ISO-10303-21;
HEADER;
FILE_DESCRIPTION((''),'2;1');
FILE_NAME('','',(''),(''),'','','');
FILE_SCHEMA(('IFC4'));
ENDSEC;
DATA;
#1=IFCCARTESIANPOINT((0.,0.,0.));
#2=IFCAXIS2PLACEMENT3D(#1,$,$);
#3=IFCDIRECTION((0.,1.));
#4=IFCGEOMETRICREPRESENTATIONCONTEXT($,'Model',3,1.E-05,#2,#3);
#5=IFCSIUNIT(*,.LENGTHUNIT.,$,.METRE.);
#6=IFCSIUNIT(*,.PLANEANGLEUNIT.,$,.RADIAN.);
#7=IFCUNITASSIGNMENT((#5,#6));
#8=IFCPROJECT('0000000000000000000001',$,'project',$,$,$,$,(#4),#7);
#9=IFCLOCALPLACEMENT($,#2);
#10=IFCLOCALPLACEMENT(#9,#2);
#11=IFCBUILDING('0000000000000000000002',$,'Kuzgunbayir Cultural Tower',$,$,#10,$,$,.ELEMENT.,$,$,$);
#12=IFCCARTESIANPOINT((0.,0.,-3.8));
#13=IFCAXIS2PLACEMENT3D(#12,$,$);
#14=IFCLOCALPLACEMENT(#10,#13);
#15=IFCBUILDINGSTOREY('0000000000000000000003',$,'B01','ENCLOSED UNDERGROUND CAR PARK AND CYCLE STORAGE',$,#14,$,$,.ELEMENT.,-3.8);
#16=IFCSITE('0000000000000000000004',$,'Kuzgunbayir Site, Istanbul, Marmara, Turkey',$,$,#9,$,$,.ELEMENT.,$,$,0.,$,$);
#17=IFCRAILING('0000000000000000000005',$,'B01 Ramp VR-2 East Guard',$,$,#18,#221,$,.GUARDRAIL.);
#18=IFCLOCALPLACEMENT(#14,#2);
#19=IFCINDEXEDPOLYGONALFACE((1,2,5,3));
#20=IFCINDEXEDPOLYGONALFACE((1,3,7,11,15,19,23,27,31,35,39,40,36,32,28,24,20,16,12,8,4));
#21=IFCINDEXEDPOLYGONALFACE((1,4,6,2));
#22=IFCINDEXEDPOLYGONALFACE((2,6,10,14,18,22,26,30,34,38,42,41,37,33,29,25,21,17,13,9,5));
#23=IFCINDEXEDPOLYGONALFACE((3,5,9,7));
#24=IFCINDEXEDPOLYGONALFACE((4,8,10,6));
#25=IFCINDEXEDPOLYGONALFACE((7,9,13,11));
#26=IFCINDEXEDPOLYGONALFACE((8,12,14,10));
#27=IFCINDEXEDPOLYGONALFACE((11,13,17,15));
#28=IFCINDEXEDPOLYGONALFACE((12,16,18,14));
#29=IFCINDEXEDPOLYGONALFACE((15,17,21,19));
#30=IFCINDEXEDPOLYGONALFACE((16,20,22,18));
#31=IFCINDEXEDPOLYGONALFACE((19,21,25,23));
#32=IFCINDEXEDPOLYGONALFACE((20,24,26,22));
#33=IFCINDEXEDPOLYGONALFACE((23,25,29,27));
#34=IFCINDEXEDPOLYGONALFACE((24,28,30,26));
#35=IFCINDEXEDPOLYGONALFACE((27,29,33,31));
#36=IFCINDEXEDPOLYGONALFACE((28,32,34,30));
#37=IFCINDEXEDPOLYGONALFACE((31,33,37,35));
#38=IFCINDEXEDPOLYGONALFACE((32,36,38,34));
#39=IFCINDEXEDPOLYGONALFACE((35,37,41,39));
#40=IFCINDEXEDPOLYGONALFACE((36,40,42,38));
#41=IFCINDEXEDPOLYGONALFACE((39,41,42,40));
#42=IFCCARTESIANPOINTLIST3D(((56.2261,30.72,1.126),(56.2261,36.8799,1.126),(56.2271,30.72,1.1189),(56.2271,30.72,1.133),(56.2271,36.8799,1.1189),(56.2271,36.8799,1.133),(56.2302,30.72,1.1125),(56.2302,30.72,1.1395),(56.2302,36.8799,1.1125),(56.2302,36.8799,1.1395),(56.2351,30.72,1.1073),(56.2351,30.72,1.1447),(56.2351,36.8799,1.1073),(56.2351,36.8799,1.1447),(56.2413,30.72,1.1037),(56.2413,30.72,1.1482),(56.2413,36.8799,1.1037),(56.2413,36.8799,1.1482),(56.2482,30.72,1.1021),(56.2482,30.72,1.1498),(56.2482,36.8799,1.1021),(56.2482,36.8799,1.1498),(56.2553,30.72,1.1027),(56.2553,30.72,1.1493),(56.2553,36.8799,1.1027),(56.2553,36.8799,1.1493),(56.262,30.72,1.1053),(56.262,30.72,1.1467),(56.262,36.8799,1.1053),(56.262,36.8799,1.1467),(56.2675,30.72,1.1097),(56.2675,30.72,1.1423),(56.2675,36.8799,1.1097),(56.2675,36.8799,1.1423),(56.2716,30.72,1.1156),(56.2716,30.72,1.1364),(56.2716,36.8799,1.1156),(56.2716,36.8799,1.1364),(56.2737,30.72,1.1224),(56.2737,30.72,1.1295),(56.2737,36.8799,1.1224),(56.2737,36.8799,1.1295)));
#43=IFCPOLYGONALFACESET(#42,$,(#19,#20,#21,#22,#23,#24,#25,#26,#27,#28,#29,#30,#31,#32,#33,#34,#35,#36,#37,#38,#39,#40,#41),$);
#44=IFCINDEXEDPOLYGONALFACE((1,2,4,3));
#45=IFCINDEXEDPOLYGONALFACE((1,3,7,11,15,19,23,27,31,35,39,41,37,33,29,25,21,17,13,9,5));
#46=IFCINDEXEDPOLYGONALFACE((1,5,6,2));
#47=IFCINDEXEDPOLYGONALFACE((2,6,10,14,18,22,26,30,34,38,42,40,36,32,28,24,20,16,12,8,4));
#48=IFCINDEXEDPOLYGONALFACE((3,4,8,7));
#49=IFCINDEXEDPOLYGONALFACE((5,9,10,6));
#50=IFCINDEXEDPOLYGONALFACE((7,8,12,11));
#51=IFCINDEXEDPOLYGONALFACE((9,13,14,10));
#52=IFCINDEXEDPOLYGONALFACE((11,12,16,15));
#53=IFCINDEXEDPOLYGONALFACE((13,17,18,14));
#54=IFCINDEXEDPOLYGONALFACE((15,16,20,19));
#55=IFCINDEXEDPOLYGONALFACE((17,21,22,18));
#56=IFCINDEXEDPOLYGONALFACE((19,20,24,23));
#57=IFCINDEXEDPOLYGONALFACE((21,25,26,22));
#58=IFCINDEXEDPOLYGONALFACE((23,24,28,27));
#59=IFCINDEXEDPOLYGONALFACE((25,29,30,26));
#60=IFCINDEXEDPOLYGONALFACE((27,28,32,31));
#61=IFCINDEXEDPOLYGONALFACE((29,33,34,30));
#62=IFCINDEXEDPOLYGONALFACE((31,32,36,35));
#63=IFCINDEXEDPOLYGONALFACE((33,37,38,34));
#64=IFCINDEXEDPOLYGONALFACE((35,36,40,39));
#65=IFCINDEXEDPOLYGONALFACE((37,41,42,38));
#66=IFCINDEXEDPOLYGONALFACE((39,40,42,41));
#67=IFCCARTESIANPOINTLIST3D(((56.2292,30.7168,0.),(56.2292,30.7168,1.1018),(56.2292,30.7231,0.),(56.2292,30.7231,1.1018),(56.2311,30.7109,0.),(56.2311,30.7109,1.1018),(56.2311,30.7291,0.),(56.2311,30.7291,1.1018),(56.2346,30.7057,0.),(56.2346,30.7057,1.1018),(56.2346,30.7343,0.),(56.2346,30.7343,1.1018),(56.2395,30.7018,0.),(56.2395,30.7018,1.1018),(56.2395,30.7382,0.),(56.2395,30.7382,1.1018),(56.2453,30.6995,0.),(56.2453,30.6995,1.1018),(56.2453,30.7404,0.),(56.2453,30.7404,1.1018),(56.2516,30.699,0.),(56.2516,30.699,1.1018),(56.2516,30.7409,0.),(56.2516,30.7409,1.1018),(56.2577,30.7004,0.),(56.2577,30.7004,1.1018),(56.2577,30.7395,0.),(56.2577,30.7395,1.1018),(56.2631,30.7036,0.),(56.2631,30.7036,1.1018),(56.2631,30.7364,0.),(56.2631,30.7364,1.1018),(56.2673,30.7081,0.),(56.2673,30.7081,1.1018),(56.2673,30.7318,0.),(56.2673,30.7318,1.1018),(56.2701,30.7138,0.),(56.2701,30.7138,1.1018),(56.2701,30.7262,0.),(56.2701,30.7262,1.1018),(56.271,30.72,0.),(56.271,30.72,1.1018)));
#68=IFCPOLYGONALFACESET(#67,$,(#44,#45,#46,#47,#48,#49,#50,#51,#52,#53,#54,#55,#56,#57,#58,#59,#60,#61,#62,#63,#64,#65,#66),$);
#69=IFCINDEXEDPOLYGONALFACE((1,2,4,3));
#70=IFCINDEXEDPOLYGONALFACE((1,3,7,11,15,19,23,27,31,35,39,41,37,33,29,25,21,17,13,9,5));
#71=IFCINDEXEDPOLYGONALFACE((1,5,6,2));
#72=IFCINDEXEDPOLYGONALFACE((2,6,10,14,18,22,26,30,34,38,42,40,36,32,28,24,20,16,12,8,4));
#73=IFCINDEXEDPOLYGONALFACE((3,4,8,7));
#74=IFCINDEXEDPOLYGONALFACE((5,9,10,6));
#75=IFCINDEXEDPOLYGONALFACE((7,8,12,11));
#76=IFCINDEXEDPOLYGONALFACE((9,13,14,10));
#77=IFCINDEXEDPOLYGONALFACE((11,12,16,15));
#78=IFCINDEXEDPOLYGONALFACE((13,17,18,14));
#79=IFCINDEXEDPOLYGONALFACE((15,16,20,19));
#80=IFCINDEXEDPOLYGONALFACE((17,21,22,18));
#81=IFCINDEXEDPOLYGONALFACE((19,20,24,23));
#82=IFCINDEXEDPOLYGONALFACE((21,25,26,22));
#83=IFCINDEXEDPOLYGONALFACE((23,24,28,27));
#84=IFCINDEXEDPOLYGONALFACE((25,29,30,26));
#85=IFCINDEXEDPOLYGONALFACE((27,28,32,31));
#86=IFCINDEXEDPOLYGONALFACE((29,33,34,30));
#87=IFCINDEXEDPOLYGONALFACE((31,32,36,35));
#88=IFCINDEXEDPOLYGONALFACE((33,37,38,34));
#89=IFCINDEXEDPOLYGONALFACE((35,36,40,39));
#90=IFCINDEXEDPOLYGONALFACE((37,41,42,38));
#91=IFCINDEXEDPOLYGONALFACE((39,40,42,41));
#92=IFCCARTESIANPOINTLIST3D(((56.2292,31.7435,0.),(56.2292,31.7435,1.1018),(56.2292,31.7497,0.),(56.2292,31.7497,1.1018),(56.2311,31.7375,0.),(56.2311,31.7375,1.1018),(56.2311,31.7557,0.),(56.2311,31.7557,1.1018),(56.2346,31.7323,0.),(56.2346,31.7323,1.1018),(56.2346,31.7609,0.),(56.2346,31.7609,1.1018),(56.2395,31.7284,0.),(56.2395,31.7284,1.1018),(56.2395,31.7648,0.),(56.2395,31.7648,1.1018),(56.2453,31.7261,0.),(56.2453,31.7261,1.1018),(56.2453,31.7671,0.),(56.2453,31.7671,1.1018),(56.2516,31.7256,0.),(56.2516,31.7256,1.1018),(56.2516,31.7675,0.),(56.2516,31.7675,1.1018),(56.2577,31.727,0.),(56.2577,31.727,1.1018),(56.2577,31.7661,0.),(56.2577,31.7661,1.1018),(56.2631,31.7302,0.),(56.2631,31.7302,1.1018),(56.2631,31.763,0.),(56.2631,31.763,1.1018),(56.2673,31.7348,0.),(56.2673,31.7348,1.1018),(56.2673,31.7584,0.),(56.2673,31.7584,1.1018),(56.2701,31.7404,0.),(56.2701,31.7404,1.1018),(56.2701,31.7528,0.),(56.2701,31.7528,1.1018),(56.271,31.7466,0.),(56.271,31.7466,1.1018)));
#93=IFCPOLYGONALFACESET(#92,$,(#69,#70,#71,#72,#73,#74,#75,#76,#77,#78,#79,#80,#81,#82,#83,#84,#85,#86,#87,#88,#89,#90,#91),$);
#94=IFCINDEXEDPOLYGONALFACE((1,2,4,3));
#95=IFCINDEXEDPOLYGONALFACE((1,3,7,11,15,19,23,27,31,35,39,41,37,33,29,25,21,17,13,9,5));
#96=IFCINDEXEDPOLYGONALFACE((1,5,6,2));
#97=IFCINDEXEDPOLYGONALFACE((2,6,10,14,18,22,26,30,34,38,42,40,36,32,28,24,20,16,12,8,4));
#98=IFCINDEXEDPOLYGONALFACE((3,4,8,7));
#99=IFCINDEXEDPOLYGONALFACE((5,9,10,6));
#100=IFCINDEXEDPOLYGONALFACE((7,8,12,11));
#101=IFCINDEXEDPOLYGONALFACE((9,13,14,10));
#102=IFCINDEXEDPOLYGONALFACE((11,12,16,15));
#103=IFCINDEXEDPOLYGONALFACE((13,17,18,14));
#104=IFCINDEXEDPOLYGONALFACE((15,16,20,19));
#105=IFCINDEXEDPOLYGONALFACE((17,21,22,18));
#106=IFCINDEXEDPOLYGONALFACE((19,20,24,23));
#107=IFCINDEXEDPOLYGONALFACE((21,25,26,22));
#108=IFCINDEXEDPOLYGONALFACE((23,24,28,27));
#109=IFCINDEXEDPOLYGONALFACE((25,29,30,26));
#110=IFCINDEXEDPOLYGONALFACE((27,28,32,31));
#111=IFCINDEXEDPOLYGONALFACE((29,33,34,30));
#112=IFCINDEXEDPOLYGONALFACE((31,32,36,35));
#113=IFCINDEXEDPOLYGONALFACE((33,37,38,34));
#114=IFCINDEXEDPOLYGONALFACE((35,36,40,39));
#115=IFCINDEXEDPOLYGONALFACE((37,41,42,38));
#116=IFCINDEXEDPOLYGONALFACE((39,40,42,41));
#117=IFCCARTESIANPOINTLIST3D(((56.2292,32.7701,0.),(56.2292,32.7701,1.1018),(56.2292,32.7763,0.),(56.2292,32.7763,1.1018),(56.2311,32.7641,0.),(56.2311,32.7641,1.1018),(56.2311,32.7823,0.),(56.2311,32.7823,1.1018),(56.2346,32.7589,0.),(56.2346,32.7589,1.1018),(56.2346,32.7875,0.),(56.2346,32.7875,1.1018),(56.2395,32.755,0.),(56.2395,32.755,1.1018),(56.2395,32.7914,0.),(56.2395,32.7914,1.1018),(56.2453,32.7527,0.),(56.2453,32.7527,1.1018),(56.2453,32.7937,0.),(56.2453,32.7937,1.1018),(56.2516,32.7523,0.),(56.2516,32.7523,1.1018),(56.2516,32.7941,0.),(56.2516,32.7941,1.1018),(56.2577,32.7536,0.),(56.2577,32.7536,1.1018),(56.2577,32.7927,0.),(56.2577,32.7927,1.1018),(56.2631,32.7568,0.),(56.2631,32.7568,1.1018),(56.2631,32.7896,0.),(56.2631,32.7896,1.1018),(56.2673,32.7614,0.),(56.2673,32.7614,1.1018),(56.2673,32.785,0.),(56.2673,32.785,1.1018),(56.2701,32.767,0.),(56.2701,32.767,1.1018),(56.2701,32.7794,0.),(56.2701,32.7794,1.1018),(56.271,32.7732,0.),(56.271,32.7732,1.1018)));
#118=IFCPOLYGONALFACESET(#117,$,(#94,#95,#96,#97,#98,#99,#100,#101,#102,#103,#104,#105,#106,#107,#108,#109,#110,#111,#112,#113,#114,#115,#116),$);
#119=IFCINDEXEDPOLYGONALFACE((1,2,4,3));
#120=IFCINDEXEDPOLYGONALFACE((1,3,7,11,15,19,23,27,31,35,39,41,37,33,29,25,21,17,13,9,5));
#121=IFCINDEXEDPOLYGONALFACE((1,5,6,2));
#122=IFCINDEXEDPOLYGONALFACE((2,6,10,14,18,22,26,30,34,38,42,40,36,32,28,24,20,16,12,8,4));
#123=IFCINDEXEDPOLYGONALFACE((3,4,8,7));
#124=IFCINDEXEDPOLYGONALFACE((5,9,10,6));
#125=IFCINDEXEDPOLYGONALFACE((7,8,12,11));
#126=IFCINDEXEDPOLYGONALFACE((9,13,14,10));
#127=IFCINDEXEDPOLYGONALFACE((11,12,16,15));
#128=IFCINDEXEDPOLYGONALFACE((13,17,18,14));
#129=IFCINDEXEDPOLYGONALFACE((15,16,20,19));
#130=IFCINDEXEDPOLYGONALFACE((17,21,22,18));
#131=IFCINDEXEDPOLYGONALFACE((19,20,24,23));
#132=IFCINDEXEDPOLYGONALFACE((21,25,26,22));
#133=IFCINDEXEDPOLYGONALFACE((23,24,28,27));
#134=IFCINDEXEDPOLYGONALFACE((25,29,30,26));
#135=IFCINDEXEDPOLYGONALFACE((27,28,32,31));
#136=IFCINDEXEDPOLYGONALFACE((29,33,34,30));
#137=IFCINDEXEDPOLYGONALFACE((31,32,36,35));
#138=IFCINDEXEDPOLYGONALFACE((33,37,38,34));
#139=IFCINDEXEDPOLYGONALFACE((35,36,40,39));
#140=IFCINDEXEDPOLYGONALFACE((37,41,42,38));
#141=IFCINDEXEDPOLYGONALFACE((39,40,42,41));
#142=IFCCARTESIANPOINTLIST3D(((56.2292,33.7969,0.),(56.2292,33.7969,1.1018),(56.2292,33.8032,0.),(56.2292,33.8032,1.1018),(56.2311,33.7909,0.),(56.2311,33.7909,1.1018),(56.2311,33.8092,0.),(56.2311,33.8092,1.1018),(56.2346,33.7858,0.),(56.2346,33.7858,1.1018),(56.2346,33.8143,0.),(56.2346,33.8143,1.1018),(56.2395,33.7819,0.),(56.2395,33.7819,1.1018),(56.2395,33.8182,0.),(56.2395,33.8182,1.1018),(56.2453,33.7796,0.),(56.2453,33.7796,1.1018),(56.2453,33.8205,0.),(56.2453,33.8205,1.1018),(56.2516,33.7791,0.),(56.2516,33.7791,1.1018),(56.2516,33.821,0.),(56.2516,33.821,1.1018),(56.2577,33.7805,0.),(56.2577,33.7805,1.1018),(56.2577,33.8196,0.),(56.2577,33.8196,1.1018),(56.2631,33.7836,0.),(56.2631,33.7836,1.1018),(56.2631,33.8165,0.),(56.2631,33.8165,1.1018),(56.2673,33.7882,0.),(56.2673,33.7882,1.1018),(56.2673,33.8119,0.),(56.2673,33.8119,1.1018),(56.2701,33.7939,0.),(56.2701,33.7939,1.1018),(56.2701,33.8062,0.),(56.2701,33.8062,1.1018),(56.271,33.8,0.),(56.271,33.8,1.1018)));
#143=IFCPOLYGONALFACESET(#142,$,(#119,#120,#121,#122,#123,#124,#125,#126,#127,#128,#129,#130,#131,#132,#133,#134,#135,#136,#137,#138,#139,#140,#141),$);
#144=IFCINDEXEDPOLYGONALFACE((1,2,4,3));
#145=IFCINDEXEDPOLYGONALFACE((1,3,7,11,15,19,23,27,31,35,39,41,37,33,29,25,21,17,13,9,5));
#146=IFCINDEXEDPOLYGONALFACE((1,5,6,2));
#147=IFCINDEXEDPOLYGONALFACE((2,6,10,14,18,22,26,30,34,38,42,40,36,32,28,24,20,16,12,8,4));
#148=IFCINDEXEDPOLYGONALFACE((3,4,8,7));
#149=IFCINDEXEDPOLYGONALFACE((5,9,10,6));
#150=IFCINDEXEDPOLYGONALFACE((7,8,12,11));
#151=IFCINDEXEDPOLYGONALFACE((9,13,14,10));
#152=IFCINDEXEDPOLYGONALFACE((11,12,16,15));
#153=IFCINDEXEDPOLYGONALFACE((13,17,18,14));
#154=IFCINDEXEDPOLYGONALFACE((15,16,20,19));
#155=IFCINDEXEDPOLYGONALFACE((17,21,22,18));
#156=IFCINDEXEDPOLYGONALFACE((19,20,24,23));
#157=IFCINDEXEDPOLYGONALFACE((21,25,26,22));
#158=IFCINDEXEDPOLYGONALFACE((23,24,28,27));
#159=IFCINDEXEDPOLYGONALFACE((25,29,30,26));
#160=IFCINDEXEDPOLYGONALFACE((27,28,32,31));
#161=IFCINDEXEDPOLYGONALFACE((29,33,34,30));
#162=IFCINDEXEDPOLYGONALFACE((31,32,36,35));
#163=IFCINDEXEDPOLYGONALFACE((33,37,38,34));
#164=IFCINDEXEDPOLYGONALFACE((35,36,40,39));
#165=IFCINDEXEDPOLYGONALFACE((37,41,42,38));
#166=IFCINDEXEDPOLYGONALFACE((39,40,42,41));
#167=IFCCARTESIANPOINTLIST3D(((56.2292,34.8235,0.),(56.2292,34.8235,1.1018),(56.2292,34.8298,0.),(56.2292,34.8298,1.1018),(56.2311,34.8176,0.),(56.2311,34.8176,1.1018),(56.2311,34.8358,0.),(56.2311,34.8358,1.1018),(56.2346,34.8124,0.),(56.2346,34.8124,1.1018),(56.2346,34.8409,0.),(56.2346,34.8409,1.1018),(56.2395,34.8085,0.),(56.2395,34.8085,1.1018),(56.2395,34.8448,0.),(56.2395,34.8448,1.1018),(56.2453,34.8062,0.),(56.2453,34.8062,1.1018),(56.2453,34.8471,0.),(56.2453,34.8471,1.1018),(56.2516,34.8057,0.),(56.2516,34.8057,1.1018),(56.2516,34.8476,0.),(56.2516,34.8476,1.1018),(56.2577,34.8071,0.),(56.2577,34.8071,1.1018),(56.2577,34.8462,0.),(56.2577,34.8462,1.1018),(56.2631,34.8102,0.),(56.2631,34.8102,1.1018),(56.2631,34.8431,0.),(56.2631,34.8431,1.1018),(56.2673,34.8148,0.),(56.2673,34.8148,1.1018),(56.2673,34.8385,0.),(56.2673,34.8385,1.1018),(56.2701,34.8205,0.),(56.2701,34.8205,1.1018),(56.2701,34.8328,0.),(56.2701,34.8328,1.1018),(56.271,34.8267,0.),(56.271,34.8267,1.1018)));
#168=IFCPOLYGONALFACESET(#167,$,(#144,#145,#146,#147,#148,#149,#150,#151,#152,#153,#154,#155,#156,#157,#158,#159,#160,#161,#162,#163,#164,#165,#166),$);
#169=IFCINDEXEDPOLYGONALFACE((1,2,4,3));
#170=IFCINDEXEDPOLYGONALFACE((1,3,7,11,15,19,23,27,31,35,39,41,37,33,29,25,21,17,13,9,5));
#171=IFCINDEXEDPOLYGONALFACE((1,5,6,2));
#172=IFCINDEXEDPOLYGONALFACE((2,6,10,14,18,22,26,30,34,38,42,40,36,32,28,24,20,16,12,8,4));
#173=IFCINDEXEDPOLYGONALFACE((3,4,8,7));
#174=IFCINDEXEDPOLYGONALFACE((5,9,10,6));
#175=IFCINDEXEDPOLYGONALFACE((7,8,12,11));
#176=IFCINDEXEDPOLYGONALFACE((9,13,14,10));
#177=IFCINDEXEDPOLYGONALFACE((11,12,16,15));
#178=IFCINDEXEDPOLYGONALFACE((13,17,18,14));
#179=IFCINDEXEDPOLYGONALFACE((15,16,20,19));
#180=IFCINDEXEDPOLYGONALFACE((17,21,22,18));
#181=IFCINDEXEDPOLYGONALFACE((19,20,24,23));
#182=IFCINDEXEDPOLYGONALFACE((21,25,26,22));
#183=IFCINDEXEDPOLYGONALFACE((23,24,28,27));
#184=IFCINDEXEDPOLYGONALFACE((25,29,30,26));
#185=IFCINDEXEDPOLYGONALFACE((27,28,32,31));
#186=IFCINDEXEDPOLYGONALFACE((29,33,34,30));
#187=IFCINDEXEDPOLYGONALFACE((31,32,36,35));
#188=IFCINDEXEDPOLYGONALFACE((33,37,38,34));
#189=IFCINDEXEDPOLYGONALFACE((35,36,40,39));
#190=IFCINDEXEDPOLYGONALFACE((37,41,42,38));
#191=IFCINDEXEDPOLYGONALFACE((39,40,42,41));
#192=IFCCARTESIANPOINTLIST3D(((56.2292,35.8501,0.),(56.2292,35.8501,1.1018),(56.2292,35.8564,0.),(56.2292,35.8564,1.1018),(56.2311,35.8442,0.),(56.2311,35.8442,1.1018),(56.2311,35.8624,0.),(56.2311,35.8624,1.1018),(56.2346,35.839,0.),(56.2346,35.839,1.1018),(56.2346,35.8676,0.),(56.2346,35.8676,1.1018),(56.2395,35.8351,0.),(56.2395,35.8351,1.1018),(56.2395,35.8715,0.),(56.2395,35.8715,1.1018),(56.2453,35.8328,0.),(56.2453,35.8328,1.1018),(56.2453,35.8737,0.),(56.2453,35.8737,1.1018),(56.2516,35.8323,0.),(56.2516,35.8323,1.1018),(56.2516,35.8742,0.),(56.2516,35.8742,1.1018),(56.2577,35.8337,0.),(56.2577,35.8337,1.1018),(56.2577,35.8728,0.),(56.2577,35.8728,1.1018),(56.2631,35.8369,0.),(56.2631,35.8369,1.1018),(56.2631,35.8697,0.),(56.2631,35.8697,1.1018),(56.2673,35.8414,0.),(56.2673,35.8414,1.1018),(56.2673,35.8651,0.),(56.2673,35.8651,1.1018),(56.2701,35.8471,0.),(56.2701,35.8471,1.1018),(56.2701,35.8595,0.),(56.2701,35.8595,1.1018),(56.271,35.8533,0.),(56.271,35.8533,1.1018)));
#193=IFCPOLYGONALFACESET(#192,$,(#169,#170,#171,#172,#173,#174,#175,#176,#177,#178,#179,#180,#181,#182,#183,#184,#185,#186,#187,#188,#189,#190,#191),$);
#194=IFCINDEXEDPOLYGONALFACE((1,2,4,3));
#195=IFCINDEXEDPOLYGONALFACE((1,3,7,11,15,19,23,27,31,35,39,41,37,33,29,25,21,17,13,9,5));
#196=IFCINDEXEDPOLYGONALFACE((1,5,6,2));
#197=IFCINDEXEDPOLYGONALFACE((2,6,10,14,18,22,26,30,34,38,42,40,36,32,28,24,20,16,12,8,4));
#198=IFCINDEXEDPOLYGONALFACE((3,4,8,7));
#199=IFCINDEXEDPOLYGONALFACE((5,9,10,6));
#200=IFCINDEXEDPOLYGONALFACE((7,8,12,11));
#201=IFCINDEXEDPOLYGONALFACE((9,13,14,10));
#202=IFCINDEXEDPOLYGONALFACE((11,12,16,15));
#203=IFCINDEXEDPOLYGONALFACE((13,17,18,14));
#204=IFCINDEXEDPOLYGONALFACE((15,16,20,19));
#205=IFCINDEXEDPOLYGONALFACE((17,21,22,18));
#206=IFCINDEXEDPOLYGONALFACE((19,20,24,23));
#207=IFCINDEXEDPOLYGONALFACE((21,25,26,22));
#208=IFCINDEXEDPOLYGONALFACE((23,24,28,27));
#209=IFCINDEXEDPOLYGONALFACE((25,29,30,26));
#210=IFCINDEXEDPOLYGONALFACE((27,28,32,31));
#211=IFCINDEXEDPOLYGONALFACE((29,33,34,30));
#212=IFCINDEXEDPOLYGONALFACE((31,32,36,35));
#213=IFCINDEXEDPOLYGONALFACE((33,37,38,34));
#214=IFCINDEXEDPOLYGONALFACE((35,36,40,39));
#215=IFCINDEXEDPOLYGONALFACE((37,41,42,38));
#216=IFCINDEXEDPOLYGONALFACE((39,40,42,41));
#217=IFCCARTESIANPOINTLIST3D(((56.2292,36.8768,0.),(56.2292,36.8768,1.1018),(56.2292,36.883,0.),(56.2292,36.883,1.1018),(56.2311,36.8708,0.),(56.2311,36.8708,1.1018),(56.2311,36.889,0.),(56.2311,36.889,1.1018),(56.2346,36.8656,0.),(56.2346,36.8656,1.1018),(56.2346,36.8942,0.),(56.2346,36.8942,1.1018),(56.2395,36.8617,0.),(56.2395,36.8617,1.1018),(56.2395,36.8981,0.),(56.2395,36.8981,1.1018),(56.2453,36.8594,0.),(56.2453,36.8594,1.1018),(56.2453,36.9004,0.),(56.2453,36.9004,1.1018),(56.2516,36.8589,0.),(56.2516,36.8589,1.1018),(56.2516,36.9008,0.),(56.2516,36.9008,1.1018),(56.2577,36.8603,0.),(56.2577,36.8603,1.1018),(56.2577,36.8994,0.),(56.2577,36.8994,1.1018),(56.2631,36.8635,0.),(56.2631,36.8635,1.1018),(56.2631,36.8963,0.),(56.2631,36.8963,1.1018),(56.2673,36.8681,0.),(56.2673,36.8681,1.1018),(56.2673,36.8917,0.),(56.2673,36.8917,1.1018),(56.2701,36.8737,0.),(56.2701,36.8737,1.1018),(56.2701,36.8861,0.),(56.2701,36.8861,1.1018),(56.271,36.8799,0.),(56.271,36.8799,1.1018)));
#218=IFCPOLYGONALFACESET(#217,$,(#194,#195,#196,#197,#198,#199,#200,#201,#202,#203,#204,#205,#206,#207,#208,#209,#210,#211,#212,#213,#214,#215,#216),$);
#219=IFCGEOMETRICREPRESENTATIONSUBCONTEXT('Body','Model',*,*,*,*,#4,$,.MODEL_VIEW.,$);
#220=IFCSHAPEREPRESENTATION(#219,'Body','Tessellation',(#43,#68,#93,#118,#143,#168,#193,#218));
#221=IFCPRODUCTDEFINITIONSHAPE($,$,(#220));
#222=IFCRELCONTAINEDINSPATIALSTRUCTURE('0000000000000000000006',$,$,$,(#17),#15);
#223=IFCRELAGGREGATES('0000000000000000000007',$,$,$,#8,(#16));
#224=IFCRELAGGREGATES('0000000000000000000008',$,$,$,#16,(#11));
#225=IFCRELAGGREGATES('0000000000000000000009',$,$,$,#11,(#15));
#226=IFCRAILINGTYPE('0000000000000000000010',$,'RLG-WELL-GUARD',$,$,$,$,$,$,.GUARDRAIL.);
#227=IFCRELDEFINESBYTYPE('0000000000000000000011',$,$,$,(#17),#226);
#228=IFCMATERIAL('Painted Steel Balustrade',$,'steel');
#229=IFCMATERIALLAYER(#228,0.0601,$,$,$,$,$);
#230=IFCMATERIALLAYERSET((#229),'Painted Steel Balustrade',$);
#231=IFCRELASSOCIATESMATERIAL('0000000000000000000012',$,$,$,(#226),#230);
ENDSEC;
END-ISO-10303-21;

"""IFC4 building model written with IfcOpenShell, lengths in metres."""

from ifc_helpers import new_model, si_unit, direction, frame, origin, origin_2d, place, context, subcontext, project, spatial, circle, extrude, material, layer, layer_set, type_object, element, save


model = new_model("IFC4")

# Units and contexts
model_context = context("Model", 3, precision=1e-05, world=origin(), true_north=direction((0.0, 1.0)))
body_context = subcontext(model_context, "Body", "Model", "MODEL_VIEW")
ifc_project = project(units=[si_unit("LENGTHUNIT", "METRE"), si_unit("PLANEANGLEUNIT", "RADIAN")], contexts=[model_context])

# Site, building, storey
site_placement = place(None, origin())
site = spatial("IfcSite", under=ifc_project, at=site_placement, Name="Kuzgunbayir Site, Istanbul, Marmara, Turkey", CompositionType="ELEMENT", RefElevation=0.0)
building_placement = place(site_placement, origin())
building = spatial("IfcBuilding", under=site, at=building_placement, Name="Kuzgunbayir Cultural Tower", CompositionType="ELEMENT")
storey_placement = place(building_placement, frame((0.0, 0.0, -3.8)))
storey = spatial("IfcBuildingStorey", under=building, at=storey_placement, Name="B01", Description="ENCLOSED UNDERGROUND CAR PARK AND CYCLE STORAGE", CompositionType="ELEMENT", Elevation=-3.8)

# Railing
ifc_material_1 = material(Name="Painted Steel Balustrade", Category="steel")
ifc_layer_1 = layer(ifc_material_1, 0.0601)
ifc_layer_set_1 = layer_set([ifc_layer_1], Name="Painted Steel Balustrade")
railing_type_1 = type_object("IfcRailingType", Name="RLG-WELL-GUARD", PredefinedType="GUARDRAIL", material=ifc_layer_set_1)
railing_1_placement = place(storey_placement, frame((56.25, 30.72, 0.0)))
element("IfcRailing", 1, at=railing_1_placement, inside=storey, type_object=railing_type_1, Name="B01 Ramp VR-2 East Guard", PredefinedType="GUARDRAIL", context=body_context, shape_type="SweptSolid", body=[
    extrude(circle(Radius=0.0239, at=origin_2d()), frame((0.0, 0.0, 1.126), z_axis=(0.0, 1.0, 0.0), x_axis=(-1.0, 0.0, 0.0)), (0.0, 0.0, 1.0), 6.1599),
    extrude(circle(Radius=0.021, at=origin_2d()), origin(), (0.0, 0.0, 1.0), 1.1018),
    extrude(circle(Radius=0.021, at=origin_2d()), frame((0.0, 1.0266, 0.0)), (0.0, 0.0, 1.0), 1.1018),
    extrude(circle(Radius=0.021, at=origin_2d()), frame((0.0, 2.0532, 0.0)), (0.0, 0.0, 1.0), 1.1018),
    extrude(circle(Radius=0.021, at=origin_2d()), frame((0.0, 3.0801, 0.0)), (0.0, 0.0, 1.0), 1.1018),
    extrude(circle(Radius=0.021, at=origin_2d()), frame((0.0, 4.1067, 0.0)), (0.0, 0.0, 1.0), 1.1018),
    extrude(circle(Radius=0.021, at=origin_2d()), frame((0.0, 5.1333, 0.0)), (0.0, 0.0, 1.0), 1.1018),
    extrude(circle(Radius=0.021, at=origin_2d()), frame((0.0, 6.1599, 0.0)), (0.0, 0.0, 1.0), 1.1018),
])

save(model, "model.ifc")
